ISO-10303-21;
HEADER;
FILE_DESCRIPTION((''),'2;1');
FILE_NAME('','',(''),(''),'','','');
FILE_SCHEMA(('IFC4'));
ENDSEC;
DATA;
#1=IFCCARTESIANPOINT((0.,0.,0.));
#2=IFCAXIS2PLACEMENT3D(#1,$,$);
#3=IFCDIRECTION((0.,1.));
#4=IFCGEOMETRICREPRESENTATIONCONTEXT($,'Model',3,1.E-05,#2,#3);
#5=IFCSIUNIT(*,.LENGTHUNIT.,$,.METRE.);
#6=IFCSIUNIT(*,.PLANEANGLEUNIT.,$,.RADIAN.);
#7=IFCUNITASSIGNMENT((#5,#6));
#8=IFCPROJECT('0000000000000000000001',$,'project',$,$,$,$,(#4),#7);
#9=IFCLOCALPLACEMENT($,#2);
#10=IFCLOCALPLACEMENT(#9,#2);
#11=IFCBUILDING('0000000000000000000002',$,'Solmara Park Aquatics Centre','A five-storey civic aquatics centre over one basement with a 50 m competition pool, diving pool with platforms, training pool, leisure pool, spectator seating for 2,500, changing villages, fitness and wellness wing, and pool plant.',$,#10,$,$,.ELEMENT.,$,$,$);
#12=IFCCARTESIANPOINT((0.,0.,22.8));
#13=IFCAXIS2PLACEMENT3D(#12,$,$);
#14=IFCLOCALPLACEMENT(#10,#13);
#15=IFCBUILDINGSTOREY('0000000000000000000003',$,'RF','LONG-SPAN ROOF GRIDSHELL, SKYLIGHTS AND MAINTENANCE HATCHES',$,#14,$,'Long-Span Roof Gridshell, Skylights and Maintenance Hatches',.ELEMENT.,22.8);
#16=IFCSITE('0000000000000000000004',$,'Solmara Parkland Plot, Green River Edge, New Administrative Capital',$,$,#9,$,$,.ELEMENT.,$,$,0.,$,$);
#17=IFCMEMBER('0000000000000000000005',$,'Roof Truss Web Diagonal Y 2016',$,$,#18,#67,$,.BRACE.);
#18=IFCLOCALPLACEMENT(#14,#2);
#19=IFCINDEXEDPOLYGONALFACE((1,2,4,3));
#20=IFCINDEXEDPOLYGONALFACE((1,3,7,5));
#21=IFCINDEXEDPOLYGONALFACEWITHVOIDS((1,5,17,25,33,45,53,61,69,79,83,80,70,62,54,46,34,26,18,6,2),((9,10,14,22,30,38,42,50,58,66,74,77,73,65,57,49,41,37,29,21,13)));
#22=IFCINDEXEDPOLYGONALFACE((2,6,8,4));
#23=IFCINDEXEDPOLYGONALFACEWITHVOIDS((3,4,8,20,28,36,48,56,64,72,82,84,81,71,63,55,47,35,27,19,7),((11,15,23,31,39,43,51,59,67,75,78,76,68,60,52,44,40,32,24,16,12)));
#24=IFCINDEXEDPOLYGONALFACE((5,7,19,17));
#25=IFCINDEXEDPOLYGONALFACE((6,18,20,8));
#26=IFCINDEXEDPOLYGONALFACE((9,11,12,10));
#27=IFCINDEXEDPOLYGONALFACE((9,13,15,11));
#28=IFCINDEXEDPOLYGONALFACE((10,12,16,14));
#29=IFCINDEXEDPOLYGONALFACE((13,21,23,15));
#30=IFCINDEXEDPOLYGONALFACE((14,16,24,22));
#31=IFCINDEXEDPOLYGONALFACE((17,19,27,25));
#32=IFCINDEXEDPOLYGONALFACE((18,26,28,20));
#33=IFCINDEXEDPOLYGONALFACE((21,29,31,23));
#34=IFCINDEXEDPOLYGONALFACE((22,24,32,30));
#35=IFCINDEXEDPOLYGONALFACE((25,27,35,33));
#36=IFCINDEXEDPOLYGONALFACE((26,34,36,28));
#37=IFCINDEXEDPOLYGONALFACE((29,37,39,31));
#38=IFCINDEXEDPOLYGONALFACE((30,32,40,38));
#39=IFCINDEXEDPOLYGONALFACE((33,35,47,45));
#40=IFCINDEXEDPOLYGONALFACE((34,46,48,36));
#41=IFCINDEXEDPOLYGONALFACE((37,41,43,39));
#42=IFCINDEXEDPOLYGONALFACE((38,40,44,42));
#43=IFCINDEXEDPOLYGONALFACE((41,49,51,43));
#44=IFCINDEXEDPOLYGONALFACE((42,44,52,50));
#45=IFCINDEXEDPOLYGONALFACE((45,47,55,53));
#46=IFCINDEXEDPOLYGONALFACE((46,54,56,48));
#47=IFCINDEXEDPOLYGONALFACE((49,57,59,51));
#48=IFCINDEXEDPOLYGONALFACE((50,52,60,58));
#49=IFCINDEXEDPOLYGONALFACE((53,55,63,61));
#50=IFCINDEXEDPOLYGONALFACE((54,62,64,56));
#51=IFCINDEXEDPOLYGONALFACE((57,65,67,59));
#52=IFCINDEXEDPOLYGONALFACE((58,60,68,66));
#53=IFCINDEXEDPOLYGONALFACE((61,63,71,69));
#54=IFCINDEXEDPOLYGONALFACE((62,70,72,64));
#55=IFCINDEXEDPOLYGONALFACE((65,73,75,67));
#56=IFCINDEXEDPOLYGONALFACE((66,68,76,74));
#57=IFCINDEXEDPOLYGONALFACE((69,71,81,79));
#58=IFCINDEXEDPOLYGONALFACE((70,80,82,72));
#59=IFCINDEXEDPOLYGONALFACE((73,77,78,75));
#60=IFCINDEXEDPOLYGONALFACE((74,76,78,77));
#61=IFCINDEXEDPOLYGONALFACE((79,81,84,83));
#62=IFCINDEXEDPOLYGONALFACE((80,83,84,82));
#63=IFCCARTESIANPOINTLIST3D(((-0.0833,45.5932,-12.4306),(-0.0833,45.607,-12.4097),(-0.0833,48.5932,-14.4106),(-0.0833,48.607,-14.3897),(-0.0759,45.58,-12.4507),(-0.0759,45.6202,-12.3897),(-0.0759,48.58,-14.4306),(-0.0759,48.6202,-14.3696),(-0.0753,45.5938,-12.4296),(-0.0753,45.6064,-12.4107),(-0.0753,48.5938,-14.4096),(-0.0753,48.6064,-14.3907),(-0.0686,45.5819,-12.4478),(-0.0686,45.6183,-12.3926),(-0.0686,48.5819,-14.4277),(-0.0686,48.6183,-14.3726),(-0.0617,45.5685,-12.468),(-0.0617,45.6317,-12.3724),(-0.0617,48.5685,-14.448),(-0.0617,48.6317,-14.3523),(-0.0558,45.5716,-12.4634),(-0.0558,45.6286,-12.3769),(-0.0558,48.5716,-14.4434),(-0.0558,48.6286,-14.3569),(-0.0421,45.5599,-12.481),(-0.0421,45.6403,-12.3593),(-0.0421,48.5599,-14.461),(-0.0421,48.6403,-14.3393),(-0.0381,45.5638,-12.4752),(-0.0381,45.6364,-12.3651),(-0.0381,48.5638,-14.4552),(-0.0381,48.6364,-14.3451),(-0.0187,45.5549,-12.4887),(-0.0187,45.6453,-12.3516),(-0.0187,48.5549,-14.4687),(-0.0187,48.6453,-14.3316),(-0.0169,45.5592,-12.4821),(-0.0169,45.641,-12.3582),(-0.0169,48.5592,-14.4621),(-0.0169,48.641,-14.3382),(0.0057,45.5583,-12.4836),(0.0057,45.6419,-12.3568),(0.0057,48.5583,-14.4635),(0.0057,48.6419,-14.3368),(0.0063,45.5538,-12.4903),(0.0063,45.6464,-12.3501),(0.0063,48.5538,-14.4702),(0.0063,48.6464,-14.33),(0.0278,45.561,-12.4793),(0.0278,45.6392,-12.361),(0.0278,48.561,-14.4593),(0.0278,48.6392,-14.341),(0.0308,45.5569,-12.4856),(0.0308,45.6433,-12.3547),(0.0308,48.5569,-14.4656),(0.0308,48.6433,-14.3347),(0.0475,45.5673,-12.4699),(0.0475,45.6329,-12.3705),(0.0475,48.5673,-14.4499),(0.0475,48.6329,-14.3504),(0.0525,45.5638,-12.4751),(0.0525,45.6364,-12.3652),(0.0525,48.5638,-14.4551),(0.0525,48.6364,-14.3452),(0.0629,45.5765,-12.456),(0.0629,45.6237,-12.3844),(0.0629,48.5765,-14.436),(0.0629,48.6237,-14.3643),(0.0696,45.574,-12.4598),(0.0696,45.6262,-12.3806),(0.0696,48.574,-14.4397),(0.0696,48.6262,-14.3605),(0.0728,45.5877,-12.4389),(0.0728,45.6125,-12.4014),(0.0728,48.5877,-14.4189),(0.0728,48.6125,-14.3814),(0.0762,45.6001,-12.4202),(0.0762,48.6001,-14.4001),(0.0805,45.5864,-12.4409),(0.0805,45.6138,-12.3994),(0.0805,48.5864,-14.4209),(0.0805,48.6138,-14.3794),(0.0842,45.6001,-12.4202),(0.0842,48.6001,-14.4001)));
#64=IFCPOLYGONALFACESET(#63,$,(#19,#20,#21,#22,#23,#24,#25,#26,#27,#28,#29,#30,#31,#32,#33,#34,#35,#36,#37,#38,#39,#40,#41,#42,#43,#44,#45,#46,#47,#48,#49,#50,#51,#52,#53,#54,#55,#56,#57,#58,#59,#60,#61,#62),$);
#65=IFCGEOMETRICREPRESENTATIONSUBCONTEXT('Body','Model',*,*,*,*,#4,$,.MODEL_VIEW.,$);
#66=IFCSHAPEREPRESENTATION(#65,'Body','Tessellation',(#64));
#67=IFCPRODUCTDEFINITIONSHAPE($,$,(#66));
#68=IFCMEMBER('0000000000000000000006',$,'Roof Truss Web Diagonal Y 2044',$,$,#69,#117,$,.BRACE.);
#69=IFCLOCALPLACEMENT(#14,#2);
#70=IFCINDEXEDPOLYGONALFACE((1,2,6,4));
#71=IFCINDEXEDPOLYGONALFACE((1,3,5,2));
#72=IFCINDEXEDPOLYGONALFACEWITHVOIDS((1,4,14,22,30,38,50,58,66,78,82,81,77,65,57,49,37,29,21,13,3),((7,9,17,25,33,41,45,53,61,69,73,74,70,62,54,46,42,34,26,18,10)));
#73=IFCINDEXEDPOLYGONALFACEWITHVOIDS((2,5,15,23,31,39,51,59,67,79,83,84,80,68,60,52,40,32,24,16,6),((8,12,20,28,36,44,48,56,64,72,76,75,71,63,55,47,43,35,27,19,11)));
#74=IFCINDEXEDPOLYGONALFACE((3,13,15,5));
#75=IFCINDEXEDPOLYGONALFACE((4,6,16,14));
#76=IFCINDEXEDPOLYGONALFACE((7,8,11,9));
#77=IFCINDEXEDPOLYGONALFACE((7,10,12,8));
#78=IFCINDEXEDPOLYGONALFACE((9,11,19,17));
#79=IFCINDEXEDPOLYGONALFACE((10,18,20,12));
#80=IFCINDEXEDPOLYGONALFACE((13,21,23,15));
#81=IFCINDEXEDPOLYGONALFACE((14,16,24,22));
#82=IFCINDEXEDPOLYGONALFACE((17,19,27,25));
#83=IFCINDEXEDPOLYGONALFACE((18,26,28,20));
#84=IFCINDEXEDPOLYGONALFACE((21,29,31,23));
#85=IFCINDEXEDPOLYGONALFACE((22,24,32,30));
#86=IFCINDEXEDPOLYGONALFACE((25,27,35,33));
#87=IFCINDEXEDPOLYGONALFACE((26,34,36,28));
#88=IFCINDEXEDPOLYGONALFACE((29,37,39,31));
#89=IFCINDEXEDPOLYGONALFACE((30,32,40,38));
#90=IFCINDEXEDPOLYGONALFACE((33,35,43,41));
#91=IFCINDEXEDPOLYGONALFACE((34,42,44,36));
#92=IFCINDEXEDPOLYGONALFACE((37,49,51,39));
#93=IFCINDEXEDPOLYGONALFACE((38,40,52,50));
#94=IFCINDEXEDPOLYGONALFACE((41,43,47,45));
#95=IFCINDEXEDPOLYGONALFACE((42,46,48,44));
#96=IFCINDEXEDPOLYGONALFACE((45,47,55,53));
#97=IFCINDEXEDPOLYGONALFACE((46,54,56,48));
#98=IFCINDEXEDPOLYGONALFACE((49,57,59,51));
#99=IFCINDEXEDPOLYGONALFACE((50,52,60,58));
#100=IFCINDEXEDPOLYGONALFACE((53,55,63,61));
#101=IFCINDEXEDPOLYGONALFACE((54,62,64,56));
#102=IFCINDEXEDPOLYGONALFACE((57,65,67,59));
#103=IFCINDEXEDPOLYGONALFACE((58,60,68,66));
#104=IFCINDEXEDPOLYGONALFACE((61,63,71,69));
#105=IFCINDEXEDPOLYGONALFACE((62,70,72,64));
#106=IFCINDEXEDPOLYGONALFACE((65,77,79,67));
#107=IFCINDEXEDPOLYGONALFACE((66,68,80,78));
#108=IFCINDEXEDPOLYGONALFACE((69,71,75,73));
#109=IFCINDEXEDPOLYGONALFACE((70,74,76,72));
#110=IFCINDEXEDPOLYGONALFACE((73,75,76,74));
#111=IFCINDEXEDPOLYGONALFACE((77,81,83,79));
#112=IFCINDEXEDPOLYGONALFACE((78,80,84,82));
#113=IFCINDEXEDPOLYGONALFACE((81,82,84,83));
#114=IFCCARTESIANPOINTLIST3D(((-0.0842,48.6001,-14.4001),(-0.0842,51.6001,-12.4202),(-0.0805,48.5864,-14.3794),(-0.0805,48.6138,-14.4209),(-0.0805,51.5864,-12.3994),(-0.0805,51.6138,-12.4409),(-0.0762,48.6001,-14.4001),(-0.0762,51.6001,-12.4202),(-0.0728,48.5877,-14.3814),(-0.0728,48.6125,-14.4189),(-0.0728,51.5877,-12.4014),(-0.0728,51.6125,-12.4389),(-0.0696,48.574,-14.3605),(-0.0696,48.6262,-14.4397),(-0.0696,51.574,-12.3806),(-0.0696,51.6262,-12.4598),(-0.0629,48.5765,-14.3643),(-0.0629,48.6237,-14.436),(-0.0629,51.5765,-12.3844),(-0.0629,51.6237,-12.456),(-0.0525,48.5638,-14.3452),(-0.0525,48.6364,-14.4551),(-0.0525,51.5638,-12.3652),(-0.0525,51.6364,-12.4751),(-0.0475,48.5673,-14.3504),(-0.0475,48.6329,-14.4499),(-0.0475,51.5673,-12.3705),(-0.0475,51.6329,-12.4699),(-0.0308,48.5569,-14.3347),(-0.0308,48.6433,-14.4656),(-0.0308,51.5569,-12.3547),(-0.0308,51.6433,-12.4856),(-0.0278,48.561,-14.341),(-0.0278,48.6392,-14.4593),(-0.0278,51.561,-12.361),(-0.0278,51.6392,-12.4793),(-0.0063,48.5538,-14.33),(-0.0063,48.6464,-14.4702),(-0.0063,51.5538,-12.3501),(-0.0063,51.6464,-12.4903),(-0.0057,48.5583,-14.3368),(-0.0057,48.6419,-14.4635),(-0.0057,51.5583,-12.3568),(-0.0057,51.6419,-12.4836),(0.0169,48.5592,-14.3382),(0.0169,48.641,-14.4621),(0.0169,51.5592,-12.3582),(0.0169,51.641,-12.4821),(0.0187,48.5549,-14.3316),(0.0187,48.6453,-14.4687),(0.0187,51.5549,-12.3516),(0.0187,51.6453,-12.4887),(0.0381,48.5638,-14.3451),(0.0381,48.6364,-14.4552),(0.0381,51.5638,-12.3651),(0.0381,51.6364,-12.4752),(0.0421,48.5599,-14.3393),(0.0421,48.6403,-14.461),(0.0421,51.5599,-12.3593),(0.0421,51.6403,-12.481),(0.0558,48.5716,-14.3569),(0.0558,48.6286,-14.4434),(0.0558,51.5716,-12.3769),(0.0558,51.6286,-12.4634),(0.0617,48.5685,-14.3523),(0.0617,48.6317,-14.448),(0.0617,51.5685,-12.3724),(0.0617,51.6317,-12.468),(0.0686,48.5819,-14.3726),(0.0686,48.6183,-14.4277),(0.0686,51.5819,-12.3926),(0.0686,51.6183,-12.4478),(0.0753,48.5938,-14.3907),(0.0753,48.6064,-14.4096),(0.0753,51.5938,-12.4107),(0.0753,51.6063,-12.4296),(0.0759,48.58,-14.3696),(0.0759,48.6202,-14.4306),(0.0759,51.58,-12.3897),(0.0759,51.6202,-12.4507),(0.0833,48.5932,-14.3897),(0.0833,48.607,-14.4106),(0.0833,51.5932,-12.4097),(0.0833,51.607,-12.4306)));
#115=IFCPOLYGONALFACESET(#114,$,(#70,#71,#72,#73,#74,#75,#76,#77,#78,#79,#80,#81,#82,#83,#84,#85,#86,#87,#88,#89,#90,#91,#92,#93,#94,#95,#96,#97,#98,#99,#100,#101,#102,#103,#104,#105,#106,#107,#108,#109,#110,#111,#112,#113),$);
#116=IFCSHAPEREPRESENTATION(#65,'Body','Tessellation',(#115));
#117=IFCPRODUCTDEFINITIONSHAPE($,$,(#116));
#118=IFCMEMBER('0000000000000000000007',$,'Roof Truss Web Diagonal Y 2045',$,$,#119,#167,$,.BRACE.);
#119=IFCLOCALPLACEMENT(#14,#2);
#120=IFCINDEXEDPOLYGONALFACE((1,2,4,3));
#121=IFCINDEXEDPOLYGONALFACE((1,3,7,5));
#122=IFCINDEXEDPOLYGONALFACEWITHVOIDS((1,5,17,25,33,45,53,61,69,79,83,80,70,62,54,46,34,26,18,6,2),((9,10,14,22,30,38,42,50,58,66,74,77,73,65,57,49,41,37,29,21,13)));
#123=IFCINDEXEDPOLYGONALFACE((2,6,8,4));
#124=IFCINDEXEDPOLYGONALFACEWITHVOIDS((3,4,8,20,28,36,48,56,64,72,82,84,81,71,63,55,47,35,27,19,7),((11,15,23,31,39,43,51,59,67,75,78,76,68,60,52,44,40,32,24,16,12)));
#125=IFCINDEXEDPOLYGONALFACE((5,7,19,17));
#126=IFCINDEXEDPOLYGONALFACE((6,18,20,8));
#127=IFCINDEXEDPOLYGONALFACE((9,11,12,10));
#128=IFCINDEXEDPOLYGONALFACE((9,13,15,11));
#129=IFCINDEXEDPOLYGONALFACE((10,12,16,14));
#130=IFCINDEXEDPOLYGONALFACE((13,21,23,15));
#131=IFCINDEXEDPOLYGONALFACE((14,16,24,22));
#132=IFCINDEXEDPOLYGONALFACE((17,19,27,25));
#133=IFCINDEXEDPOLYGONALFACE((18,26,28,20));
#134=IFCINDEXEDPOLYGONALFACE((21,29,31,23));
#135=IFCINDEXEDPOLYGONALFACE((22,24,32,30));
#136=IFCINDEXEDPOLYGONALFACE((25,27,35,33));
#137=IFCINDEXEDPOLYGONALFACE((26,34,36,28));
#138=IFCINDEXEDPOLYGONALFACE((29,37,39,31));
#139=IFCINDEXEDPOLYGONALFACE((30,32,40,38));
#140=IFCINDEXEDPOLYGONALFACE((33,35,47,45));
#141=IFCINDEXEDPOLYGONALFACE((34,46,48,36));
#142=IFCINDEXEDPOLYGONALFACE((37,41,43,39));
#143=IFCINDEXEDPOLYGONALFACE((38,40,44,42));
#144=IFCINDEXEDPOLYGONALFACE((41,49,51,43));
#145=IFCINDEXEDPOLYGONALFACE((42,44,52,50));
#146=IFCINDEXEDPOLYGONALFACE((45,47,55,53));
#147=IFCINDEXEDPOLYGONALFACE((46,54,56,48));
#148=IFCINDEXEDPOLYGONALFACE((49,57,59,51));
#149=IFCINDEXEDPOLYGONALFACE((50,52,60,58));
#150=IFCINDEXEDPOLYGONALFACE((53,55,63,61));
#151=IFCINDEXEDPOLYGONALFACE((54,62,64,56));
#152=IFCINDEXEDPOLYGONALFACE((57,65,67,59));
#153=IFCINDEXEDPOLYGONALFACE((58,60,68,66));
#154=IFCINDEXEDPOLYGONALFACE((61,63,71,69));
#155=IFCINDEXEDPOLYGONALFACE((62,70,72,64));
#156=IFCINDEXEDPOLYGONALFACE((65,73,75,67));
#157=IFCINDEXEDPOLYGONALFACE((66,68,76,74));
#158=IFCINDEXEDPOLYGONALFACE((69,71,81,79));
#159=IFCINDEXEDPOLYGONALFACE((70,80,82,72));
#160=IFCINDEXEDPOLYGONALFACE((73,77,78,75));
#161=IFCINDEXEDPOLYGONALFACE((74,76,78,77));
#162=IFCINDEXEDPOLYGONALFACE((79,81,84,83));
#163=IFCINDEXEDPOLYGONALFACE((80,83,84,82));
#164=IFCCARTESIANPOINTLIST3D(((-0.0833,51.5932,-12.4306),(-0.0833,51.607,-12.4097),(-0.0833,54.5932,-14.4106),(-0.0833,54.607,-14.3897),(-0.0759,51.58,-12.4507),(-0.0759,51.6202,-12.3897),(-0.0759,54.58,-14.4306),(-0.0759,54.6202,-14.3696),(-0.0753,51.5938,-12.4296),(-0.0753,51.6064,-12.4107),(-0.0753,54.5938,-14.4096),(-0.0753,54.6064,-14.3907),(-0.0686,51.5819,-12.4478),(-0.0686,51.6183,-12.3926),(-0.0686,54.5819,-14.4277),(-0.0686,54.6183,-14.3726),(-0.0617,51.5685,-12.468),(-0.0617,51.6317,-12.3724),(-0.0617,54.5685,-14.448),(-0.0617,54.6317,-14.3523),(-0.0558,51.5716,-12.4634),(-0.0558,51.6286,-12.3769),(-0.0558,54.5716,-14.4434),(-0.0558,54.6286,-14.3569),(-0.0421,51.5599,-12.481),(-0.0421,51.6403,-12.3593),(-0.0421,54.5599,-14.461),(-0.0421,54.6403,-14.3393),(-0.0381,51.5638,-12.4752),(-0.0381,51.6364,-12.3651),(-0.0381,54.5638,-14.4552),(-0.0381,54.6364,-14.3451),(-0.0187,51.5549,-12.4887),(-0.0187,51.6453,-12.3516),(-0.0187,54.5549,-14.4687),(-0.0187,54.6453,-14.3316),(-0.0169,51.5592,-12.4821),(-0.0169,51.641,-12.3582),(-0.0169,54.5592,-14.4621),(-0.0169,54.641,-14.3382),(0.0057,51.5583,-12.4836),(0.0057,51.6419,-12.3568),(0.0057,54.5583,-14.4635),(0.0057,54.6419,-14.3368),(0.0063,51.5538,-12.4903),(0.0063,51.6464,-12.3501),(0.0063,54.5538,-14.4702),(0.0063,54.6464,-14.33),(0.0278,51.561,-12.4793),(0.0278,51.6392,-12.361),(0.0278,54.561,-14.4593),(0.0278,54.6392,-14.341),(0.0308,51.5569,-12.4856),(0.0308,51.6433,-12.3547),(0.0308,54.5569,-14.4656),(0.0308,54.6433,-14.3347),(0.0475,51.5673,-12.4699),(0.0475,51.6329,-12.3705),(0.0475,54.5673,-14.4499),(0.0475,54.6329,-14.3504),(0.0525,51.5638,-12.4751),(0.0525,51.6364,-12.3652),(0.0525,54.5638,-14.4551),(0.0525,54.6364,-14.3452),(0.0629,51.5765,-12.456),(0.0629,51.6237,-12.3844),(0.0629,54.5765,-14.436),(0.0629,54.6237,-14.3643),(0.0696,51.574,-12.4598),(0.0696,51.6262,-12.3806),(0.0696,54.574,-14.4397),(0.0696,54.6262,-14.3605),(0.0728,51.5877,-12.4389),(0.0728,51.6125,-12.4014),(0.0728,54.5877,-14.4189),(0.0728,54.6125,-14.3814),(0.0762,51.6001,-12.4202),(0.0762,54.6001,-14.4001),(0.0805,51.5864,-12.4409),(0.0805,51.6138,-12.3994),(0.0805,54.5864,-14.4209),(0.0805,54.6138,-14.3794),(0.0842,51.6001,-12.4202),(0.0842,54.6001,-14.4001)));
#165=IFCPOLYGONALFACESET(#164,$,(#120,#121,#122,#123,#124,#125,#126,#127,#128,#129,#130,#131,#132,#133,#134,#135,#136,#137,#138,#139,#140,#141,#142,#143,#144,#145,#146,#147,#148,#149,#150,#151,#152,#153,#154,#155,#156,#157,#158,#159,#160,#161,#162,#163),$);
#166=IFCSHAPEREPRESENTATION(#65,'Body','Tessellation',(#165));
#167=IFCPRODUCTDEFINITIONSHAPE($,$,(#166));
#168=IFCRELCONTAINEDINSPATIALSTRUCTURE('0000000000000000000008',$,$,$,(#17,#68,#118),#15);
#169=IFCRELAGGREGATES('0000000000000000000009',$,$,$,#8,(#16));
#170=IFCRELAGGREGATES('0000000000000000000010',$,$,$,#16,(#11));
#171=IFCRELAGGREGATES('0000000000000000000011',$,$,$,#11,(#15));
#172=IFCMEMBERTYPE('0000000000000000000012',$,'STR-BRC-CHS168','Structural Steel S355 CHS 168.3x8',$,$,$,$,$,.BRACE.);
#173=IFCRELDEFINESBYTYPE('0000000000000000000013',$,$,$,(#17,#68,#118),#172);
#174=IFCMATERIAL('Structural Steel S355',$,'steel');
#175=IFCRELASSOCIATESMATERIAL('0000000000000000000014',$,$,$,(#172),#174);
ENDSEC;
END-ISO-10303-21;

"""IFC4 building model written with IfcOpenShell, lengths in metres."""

from ifc_helpers import new_model, si_unit, direction, frame, origin, origin_2d, place, context, subcontext, project, spatial, hollow_circle, extrude, material, material_profile, profile_set, type_object, element, save


model = new_model("IFC4")

# Units and contexts
model_context = context("Model", 3, precision=1e-05, world=origin(), true_north=direction((0.0, 1.0)))
body_context = subcontext(model_context, "Body", "Model", "MODEL_VIEW")
ifc_project = project(units=[si_unit("LENGTHUNIT", "METRE"), si_unit("PLANEANGLEUNIT", "RADIAN")], contexts=[model_context])

# Site, building, storey
site_placement = place(None, origin())
site = spatial("IfcSite", under=ifc_project, at=site_placement, Name="Solmara Parkland Plot, Green River Edge, New Administrative Capital", CompositionType="ELEMENT", RefElevation=0.0)
building_placement = place(site_placement, origin())
building = spatial("IfcBuilding", under=site, at=building_placement, Name="Solmara Park Aquatics Centre", Description="A five-storey civic aquatics centre over one basement with a 50 m competition pool, diving pool with platforms, training pool, leisure pool, spectator seating for 2,500, changing villages, fitness and wellness wing, and pool plant.", CompositionType="ELEMENT")
storey_placement = place(building_placement, frame((0.0, 0.0, 22.8)))
storey = spatial("IfcBuildingStorey", under=building, at=storey_placement, Name="RF", Description="LONG-SPAN ROOF GRIDSHELL, SKYLIGHTS AND MAINTENANCE HATCHES", LongName="Long-Span Roof Gridshell, Skylights and Maintenance Hatches", CompositionType="ELEMENT", Elevation=22.8)

# Members
ifc_material_1 = material(Name="Structural Steel S355", Category="steel")
ifc_material_profile_1 = material_profile(ifc_material_1, hollow_circle(Radius=0.0842, WallThickness=0.0081, at=origin_2d()), Name="CHS 168.3x8")
ifc_profile_set_1 = profile_set([ifc_material_profile_1], Name="Structural Steel S355")
member_type_1 = type_object("IfcMemberType", Name="STR-BRC-CHS168", Description="Structural Steel S355 CHS 168.3x8", PredefinedType="BRACE", material=ifc_profile_set_1)
for number, where, z_axis, x_axis, name in (
    (1, (0.0, 48.6001, -14.4001), (0.0, -0.834612, 0.550838), (1.0, 0.0, 0.0), "Roof Truss Web Diagonal Y 2016"),
    (2, (0.0, 48.6001, -14.4001), (0.0, 0.834612, 0.550838), (-1.0, 0.0, 0.0), "Roof Truss Web Diagonal Y 2044"),
    (3, (0.0, 54.6001, -14.4001), (0.0, -0.834612, 0.550838), (1.0, 0.0, 0.0), "Roof Truss Web Diagonal Y 2045"),
):
    element("IfcMember", number, at=place(storey_placement, frame(where, z_axis=z_axis, x_axis=x_axis)), inside=storey, type_object=member_type_1, Name=name, PredefinedType="BRACE", context=body_context, shape_type="SweptSolid", body=[
        extrude(hollow_circle(Radius=0.0842, WallThickness=0.0081, at=origin_2d()), origin(), (0.0, 0.0, 1.0), 3.5945),
    ])

save(model, "model.ifc")
